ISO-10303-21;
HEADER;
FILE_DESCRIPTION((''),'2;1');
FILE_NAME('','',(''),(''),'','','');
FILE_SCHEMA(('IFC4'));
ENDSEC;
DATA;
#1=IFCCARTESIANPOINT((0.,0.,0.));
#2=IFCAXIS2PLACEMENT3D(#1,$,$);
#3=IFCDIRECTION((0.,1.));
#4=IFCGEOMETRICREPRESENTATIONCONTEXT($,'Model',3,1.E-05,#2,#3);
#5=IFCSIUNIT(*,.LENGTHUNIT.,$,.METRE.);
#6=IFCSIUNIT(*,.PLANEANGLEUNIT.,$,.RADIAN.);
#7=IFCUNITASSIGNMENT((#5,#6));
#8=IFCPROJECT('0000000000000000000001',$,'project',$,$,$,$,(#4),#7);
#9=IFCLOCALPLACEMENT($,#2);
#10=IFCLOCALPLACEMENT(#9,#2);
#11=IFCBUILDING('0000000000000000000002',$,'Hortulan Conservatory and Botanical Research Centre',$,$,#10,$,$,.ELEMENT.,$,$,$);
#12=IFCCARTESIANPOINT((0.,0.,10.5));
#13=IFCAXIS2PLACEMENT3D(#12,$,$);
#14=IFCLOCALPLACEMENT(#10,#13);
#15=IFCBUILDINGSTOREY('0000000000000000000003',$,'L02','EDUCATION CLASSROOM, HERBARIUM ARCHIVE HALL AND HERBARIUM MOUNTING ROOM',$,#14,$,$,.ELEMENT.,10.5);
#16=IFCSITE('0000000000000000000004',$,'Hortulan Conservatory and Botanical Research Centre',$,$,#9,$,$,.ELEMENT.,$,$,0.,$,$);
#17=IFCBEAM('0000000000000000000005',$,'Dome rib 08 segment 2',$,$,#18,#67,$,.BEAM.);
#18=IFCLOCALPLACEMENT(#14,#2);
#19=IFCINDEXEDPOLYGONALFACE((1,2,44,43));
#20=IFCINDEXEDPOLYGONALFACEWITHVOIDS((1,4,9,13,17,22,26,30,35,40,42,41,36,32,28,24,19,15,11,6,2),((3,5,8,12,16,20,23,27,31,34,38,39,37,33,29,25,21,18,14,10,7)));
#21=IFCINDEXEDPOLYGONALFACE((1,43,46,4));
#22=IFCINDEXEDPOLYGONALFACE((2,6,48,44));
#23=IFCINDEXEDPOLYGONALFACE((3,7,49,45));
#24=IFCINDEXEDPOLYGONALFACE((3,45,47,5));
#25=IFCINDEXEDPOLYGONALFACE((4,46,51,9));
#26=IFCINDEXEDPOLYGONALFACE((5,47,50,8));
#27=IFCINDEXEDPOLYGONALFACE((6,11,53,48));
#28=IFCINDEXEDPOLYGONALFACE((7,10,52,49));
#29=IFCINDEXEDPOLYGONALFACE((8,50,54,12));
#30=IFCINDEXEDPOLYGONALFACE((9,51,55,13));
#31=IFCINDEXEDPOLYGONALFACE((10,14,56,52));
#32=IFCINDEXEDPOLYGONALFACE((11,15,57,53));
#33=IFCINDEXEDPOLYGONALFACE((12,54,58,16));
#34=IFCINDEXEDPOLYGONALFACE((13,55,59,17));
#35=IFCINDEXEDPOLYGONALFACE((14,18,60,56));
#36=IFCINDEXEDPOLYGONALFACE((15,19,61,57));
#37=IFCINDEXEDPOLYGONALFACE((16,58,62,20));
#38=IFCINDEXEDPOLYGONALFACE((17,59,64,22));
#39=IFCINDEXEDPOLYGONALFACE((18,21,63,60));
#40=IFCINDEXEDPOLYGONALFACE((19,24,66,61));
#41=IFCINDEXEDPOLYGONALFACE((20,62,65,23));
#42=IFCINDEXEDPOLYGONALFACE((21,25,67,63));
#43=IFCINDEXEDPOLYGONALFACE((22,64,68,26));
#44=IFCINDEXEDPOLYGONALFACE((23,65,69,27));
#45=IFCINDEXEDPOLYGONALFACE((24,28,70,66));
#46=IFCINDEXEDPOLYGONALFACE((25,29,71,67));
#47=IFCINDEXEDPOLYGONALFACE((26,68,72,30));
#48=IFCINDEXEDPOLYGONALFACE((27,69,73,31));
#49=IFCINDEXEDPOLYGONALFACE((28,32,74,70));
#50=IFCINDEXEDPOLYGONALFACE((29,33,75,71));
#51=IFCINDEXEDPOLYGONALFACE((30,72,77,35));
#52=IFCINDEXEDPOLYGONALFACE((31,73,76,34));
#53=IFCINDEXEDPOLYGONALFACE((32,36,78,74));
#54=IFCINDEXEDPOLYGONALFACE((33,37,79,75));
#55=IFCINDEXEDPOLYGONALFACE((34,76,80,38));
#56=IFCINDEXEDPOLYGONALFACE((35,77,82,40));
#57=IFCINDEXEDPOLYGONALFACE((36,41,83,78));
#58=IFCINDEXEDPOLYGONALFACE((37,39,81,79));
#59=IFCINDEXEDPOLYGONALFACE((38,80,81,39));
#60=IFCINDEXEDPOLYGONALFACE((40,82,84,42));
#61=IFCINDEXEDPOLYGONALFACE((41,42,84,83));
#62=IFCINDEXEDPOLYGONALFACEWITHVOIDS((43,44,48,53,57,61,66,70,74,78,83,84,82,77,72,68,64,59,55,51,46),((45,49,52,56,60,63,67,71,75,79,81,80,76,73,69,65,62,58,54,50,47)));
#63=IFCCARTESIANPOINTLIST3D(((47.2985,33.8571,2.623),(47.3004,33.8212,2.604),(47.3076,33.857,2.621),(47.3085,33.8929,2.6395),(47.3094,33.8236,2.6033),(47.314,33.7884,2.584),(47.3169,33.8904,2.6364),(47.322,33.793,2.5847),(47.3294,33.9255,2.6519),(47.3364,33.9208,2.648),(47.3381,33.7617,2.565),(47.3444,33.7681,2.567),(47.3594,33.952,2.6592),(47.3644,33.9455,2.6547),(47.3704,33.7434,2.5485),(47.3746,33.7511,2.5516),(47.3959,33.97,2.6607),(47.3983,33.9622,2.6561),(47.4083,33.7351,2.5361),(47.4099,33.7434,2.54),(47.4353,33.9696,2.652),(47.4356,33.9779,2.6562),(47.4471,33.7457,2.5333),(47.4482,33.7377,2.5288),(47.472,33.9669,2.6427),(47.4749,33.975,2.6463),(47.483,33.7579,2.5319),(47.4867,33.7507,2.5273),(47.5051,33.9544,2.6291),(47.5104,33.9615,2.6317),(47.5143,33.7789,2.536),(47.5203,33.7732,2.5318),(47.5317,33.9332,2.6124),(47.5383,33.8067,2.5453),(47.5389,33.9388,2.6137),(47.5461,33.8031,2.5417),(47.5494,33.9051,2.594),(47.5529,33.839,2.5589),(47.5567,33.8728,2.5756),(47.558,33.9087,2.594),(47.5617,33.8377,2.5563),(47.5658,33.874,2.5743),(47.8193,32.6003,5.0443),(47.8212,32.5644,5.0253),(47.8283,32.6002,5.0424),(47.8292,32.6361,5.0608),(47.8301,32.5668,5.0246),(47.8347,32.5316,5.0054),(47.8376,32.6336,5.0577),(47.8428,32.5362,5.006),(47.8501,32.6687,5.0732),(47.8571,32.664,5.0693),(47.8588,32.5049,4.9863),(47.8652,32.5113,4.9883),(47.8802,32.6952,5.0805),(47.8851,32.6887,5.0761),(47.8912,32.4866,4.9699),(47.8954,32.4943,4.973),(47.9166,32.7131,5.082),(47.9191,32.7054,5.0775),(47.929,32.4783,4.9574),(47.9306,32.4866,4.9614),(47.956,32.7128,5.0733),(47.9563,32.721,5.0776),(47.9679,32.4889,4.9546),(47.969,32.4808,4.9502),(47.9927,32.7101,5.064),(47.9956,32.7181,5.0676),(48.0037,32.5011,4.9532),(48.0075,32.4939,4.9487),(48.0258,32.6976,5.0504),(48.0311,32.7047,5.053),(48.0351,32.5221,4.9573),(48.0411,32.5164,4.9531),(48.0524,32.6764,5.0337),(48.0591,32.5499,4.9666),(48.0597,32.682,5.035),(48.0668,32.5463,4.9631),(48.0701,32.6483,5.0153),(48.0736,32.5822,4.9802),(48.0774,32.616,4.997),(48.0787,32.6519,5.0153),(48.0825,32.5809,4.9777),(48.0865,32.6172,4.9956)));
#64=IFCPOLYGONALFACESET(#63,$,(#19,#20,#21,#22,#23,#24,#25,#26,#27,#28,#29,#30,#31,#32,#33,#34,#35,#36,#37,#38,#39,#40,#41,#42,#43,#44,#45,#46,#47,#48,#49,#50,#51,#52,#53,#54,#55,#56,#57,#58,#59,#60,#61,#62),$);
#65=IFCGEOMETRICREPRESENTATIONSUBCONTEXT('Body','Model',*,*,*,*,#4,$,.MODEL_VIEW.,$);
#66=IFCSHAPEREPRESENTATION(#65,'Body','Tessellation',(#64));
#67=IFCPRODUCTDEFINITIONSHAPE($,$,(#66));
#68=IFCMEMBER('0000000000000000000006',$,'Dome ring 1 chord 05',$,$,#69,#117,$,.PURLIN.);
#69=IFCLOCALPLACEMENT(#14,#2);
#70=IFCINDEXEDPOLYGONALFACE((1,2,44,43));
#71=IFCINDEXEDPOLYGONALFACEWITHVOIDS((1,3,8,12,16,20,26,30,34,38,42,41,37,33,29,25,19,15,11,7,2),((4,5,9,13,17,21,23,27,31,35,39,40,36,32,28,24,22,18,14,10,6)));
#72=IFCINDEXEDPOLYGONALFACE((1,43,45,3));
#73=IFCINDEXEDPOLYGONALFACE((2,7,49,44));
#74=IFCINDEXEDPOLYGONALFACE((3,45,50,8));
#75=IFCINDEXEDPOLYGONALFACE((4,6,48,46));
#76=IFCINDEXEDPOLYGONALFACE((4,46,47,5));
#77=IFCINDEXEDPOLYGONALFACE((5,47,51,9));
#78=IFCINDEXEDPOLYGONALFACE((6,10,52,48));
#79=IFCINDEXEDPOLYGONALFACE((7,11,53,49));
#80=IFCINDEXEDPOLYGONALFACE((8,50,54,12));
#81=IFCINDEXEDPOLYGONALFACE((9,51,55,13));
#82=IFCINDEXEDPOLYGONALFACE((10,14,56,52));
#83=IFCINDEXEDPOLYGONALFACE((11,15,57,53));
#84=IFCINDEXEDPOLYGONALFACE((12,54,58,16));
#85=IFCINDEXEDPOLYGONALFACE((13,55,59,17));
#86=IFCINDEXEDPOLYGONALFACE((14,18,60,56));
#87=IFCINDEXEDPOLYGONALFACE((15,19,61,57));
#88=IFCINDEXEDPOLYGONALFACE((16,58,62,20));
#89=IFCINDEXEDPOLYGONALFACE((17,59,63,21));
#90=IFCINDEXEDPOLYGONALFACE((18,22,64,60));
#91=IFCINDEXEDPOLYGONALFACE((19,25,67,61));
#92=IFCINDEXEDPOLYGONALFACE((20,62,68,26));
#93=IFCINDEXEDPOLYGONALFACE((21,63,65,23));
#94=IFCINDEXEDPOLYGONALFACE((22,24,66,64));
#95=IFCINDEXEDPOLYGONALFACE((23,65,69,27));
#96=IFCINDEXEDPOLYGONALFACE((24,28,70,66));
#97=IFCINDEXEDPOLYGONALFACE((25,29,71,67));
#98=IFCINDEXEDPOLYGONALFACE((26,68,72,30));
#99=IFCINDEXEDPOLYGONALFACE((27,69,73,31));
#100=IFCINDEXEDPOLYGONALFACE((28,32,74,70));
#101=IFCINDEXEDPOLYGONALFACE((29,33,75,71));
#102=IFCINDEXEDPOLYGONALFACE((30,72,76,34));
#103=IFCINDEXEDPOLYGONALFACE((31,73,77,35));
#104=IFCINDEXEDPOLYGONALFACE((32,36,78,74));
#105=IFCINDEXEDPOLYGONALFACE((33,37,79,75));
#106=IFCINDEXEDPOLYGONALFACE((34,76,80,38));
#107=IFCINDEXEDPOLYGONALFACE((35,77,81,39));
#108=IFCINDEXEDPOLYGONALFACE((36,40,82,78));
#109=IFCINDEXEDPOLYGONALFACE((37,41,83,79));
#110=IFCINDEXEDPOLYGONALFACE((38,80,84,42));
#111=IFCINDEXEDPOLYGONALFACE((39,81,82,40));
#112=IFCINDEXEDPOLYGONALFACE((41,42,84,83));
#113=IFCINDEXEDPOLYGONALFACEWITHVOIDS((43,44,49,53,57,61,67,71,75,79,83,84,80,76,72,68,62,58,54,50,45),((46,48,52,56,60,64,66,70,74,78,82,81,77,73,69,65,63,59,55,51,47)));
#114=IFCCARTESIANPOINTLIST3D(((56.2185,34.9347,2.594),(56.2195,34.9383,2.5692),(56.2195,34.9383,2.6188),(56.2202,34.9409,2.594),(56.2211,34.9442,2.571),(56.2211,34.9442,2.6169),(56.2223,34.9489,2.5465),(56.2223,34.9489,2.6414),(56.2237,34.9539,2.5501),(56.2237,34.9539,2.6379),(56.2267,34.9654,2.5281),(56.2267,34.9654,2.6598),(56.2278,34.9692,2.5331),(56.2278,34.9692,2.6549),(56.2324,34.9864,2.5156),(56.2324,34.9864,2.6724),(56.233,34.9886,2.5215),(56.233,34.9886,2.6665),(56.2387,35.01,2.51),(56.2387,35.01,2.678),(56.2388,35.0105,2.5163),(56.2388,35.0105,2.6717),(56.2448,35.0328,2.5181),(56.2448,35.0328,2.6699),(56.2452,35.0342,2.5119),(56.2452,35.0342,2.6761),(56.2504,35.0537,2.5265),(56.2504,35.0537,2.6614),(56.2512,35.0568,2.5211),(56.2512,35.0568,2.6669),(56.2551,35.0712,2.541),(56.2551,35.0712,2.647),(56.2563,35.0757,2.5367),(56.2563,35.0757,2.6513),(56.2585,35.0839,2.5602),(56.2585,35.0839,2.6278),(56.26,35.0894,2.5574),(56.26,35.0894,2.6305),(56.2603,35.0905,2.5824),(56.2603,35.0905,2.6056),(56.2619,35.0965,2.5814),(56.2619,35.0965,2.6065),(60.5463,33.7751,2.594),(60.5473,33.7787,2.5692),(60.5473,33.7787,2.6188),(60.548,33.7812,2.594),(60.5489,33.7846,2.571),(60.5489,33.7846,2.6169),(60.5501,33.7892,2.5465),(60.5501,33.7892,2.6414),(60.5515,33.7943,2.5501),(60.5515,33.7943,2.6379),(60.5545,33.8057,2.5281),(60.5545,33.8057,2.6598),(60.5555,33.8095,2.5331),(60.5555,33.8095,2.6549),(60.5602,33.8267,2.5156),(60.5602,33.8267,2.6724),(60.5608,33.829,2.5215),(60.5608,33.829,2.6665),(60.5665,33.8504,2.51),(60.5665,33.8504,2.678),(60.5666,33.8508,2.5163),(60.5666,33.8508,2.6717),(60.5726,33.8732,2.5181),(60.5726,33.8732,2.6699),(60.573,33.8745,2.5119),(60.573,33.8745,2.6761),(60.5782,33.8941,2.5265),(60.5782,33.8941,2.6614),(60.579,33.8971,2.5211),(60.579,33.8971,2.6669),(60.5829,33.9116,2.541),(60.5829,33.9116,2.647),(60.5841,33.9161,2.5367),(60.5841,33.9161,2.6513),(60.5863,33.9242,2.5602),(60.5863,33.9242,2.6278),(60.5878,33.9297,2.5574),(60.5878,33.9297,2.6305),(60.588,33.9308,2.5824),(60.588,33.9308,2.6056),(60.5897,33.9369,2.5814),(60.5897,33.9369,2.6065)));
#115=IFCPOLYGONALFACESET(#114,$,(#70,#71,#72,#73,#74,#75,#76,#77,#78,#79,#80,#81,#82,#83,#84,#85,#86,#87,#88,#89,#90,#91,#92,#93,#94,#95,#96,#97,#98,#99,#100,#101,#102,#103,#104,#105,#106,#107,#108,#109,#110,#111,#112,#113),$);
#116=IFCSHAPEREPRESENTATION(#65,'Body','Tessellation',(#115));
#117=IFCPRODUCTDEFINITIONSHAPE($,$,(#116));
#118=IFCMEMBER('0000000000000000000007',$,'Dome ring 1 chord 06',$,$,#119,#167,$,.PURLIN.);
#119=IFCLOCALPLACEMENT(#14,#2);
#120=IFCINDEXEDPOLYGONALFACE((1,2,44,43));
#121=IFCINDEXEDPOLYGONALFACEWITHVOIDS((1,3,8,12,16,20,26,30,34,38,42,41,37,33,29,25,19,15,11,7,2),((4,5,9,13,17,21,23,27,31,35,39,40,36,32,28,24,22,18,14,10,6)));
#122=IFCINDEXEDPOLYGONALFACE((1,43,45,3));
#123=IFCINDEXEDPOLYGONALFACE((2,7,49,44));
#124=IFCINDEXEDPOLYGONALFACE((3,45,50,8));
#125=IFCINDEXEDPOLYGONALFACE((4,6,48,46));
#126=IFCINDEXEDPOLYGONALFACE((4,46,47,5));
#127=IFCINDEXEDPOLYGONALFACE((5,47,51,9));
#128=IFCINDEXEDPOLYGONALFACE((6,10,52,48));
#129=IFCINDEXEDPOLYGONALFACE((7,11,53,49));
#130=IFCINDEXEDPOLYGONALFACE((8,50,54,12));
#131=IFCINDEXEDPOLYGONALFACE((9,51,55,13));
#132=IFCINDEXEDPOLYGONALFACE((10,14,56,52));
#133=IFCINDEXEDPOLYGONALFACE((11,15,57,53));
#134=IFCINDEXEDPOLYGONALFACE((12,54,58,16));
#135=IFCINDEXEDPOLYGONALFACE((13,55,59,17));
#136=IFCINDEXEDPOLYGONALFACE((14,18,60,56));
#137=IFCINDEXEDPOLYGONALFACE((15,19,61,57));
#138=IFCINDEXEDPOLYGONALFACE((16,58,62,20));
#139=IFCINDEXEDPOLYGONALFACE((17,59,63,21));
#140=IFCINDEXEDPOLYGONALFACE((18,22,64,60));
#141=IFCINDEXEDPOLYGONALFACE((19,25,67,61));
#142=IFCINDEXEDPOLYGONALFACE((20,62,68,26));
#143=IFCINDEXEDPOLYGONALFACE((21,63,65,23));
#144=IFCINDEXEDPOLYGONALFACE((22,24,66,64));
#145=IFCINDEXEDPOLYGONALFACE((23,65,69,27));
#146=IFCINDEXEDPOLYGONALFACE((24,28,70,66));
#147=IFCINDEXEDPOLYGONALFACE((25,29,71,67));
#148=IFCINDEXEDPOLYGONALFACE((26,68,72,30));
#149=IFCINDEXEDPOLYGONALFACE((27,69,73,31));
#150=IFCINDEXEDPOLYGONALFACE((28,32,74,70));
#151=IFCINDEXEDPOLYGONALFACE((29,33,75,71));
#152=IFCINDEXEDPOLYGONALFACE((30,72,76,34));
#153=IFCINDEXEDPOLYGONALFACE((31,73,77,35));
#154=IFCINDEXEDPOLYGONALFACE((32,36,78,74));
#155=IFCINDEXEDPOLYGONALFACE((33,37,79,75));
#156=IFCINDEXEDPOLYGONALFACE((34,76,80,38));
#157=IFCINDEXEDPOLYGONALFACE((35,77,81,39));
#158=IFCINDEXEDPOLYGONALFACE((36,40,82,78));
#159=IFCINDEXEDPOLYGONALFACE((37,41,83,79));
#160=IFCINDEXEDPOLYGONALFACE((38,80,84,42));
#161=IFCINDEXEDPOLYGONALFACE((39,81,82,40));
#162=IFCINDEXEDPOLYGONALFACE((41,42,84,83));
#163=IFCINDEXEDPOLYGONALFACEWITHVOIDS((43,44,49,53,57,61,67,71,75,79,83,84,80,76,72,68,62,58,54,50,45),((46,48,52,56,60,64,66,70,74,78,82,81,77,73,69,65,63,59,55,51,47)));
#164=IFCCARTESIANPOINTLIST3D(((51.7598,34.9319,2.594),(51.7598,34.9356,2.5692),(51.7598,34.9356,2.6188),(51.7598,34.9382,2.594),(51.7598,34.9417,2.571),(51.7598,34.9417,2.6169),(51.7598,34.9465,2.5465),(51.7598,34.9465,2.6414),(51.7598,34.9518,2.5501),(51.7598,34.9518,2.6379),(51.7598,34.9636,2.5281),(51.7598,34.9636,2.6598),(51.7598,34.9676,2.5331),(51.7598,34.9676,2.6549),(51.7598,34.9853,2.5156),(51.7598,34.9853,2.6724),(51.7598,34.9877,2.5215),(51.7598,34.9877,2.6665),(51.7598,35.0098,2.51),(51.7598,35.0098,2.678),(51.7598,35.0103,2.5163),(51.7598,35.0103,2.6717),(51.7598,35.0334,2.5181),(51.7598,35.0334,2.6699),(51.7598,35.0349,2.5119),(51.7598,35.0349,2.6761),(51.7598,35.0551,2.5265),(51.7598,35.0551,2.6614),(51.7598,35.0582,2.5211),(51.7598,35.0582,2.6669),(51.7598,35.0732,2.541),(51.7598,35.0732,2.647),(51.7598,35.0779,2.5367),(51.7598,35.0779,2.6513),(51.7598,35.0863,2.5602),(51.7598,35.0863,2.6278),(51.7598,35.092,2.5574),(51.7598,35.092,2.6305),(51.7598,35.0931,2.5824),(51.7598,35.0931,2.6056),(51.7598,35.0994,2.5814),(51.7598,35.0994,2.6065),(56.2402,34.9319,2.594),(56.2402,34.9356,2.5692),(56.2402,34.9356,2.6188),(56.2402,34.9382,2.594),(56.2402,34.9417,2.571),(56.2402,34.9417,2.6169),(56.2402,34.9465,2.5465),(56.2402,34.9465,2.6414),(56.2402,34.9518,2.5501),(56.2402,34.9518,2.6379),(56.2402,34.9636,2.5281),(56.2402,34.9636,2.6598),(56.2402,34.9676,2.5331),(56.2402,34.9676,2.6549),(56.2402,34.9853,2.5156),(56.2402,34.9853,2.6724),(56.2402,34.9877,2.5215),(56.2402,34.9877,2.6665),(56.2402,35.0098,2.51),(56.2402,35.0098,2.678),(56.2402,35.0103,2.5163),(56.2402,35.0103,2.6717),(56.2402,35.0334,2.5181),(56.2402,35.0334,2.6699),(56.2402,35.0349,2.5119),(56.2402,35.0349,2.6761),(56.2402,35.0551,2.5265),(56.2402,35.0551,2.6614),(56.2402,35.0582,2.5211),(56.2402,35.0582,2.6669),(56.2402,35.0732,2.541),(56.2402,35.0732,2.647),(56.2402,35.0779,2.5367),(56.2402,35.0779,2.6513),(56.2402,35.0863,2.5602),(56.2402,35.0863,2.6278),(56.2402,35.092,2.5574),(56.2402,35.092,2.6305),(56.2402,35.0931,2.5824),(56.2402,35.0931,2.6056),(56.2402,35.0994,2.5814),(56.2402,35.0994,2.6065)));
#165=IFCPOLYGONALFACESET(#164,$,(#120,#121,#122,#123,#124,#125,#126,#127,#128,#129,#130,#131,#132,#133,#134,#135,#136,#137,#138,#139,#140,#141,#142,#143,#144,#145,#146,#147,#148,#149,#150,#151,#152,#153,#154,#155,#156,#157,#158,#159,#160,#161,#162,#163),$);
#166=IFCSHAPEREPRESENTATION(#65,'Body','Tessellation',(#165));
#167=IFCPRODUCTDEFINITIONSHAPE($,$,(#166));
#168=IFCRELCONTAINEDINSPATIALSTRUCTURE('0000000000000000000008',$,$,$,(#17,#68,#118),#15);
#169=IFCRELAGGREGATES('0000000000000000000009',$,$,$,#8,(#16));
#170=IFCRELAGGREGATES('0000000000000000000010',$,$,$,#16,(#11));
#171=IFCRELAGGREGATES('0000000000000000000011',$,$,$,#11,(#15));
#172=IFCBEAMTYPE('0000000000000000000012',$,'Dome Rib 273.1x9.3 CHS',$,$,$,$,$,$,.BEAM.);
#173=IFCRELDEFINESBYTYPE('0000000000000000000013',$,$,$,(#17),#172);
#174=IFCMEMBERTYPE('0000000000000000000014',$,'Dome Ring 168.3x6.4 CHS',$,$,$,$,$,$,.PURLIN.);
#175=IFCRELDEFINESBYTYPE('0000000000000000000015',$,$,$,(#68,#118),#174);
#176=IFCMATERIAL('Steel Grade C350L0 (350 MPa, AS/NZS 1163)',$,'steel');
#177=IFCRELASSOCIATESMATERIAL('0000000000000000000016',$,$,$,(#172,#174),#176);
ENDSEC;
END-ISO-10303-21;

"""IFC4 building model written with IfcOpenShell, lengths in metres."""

from ifc_helpers import new_model, si_unit, direction, frame, origin, origin_2d, place, context, subcontext, project, spatial, hollow_circle, extrude, material, material_profile, profile_set, type_object, element, save


model = new_model("IFC4")

# Units and contexts
model_context = context("Model", 3, precision=1e-05, world=origin(), true_north=direction((0.0, 1.0)))
body_context = subcontext(model_context, "Body", "Model", "MODEL_VIEW")
ifc_project = project(units=[si_unit("LENGTHUNIT", "METRE"), si_unit("PLANEANGLEUNIT", "RADIAN")], contexts=[model_context])

# Site, building, storey
site_placement = place(None, origin())
site = spatial("IfcSite", under=ifc_project, at=site_placement, Name="Hortulan Conservatory and Botanical Research Centre", CompositionType="ELEMENT", RefElevation=0.0)
building_placement = place(site_placement, origin())
building = spatial("IfcBuilding", under=site, at=building_placement, Name="Hortulan Conservatory and Botanical Research Centre", CompositionType="ELEMENT")
storey_placement = place(building_placement, frame((0.0, 0.0, 10.5)))
storey = spatial("IfcBuildingStorey", under=building, at=storey_placement, Name="L02", Description="EDUCATION CLASSROOM, HERBARIUM ARCHIVE HALL AND HERBARIUM MOUNTING ROOM", CompositionType="ELEMENT", Elevation=10.5)

# Beam
ifc_material_1 = material(Name="Steel Grade C350L0 (350 MPa, AS/NZS 1163)", Category="steel")
ifc_material_profile_1 = material_profile(ifc_material_1, hollow_circle(Radius=0.1365, WallThickness=0.0093, at=origin_2d()), Name="273.1x9.3CHS")
ifc_profile_set_1 = profile_set([ifc_material_profile_1], Name="Steel Grade C350L0 (350 MPa, AS/NZS 1163)")
beam_type_1 = type_object("IfcBeamType", Name="Dome Rib 273.1x9.3 CHS", PredefinedType="BEAM", material=ifc_profile_set_1)
for number, where, z_axis, x_axis, name in (
    (1, (47.4319, 33.8564, 2.594), (0.187496, -0.452523, 0.871819), (0.92384, 0.38278, 0.0), "Dome rib 08 segment 2"),
):
    element("IfcBeam", number, at=place(storey_placement, frame(where, z_axis=z_axis, x_axis=x_axis)), inside=storey, type_object=beam_type_1, Name=name, PredefinedType="BEAM", context=body_context, shape_type="SweptSolid", body=[
        extrude(hollow_circle(Radius=0.1365, WallThickness=0.0093, at=origin_2d()), origin(), (0.0, 0.0, 1.0), 2.7773),
    ])

# Members
ifc_material_profile_2 = material_profile(ifc_material_1, hollow_circle(Radius=0.0842, WallThickness=0.0063, at=origin_2d()), Name="168.3x6.4CHS")
ifc_profile_set_2 = profile_set([ifc_material_profile_2], Name="Steel Grade C350L0 (350 MPa, AS/NZS 1163)")
member_type_1 = type_object("IfcMemberType", Name="Dome Ring 168.3x6.4 CHS", PredefinedType="PURLIN", material=ifc_profile_set_2)
for number, where, z_axis, x_axis, name in (
    (2, (60.5681, 33.8564, 2.594), (-0.965925, 0.258822, 0.0), (-0.258822, -0.965925, 0.0), "Dome ring 1 chord 05"),
    (3, (56.2402, 35.0161, 2.594), (-1.0, 0.0, 0.0), (0.0, -1.0, 0.0), "Dome ring 1 chord 06"),
):
    element("IfcMember", number, at=place(storey_placement, frame(where, z_axis=z_axis, x_axis=x_axis)), inside=storey, type_object=member_type_1, Name=name, PredefinedType="PURLIN", context=body_context, shape_type="SweptSolid", body=[
        extrude(hollow_circle(Radius=0.0842, WallThickness=0.0063, at=origin_2d()), origin(), (0.0, 0.0, 1.0), 4.4805),
    ])

save(model, "model.ifc")
